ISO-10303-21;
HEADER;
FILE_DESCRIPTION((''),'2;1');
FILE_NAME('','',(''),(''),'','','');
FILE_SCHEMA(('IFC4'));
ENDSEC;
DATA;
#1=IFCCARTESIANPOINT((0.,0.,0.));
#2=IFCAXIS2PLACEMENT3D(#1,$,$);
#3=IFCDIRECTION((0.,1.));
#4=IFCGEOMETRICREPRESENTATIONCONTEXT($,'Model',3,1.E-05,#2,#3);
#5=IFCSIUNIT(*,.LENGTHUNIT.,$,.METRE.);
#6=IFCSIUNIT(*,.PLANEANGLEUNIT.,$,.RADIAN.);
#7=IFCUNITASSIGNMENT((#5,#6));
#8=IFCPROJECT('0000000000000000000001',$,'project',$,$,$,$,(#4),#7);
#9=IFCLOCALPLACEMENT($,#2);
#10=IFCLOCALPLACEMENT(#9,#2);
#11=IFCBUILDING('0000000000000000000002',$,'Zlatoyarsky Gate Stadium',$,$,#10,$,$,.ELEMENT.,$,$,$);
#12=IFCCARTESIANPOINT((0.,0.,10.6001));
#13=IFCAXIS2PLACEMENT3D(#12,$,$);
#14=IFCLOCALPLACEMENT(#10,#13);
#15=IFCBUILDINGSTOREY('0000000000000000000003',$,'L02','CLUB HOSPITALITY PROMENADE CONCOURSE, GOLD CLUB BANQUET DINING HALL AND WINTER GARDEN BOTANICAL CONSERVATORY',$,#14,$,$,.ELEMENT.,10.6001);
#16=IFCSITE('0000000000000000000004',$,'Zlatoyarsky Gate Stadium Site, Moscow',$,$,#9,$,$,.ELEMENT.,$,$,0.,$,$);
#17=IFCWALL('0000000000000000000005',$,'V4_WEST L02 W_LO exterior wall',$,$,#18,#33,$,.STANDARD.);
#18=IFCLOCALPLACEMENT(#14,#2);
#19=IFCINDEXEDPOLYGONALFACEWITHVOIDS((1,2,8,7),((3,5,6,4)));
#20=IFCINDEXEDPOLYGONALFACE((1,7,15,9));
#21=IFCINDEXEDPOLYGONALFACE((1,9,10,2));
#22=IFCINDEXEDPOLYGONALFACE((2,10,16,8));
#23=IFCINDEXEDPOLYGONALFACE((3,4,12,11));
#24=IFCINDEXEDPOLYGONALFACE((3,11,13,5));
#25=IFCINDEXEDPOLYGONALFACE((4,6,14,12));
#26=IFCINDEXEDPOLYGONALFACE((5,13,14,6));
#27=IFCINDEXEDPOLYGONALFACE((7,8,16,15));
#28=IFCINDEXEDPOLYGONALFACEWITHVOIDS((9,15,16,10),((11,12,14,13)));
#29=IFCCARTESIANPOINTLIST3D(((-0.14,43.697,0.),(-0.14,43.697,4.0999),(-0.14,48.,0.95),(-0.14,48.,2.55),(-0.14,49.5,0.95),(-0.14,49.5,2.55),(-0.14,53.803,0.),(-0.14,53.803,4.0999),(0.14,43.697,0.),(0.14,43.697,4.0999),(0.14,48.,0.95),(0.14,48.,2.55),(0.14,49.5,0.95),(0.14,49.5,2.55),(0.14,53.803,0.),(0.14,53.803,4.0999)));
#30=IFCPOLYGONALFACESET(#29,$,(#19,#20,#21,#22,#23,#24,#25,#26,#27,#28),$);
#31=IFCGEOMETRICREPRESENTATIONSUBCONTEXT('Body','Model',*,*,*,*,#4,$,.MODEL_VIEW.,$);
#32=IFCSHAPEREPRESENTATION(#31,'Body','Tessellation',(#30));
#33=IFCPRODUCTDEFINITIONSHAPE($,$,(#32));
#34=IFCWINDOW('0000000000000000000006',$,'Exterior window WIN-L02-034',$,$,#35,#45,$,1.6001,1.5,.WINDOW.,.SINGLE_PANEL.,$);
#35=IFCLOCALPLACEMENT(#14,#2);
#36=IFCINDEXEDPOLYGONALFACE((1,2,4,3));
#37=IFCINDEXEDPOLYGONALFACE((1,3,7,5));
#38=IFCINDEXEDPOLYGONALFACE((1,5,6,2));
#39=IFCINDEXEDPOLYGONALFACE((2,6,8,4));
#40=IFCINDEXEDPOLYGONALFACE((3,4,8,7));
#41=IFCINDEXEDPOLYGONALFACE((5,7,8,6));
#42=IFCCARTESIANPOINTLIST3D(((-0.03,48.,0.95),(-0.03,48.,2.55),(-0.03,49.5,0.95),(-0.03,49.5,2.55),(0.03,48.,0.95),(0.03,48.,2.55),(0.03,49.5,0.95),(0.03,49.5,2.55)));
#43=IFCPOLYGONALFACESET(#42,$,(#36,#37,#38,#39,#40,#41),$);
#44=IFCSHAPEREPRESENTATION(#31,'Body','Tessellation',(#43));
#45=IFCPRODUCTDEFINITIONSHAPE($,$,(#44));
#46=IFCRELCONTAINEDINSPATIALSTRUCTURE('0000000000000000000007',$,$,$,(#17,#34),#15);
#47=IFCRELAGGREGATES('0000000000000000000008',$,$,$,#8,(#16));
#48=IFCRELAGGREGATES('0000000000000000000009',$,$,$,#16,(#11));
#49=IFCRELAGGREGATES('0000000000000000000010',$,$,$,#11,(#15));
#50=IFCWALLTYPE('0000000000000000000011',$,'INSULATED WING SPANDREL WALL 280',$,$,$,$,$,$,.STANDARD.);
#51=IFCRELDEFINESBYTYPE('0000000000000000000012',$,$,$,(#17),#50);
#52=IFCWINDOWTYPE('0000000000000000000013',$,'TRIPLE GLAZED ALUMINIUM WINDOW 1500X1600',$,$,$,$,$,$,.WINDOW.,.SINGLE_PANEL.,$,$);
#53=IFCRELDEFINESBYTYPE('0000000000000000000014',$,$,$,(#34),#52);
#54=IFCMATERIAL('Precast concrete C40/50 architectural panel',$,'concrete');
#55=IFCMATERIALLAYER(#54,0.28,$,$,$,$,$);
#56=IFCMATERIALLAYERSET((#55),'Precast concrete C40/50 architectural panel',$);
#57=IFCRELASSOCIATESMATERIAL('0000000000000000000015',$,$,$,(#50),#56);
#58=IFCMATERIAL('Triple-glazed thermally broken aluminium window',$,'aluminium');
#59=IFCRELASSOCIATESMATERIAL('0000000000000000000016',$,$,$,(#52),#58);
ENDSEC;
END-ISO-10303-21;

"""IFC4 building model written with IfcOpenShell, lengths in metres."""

from ifc_helpers import new_model, si_unit, direction, frame, frame_2d, origin, place, context, subcontext, project, spatial, rectangle, extrude, material, layer, layer_set, type_object, element, fill, save


model = new_model("IFC4")

# Units and contexts
model_context = context("Model", 3, precision=1e-05, world=origin(), true_north=direction((0.0, 1.0)))
body_context = subcontext(model_context, "Body", "Model", "MODEL_VIEW")
ifc_project = project(units=[si_unit("LENGTHUNIT", "METRE"), si_unit("PLANEANGLEUNIT", "RADIAN")], contexts=[model_context])

# Site, building, storey
site_placement = place(None, origin())
site = spatial("IfcSite", under=ifc_project, at=site_placement, Name="Zlatoyarsky Gate Stadium Site, Moscow", CompositionType="ELEMENT", RefElevation=0.0)
building_placement = place(site_placement, origin())
building = spatial("IfcBuilding", under=site, at=building_placement, Name="Zlatoyarsky Gate Stadium", CompositionType="ELEMENT")
storey_placement = place(building_placement, frame((0.0, 0.0, 10.6001)))
storey = spatial("IfcBuildingStorey", under=building, at=storey_placement, Name="L02", Description="CLUB HOSPITALITY PROMENADE CONCOURSE, GOLD CLUB BANQUET DINING HALL AND WINTER GARDEN BOTANICAL CONSERVATORY", CompositionType="ELEMENT", Elevation=10.6001)

# Wall, opening, window
ifc_material_1 = material(Name="Precast concrete C40/50 architectural panel", Category="concrete")
ifc_layer_1 = layer(ifc_material_1, 0.28)
ifc_layer_set_1 = layer_set([ifc_layer_1], Name="Precast concrete C40/50 architectural panel")
wall_type = type_object("IfcWallType", Name="INSULATED WING SPANDREL WALL 280", PredefinedType="STANDARD", material=ifc_layer_set_1)
wall_placement = place(storey_placement, frame((0.0, 43.697, 0.0), z_axis=(0.0, 0.0, 1.0), x_axis=(0.0, 1.0, 0.0)))
wall = element("IfcWall", 1, at=wall_placement, inside=storey, type_object=wall_type, Name="V4_WEST L02 W_LO exterior wall", PredefinedType="STANDARD", context=body_context, shape_type="SweptSolid", body=[
    extrude(rectangle(XDim=10.106, YDim=0.28, at=frame_2d((5.053, 0.0))), origin(), (0.0, 0.0, 1.0), 4.0999),
])
opening_placement = place(wall_placement, frame((4.303, 0.0, 0.95)))
opening = element("IfcOpeningElement", 2, at=opening_placement, cuts=wall, PredefinedType="OPENING", context=body_context, shape_type="SweptSolid", body=[
    extrude(rectangle(XDim=1.5, YDim=1.6001, at=frame_2d((0.75, 0.8))), frame((0.0, 0.1499, 0.0), z_axis=(0.0, -1.0, 0.0), x_axis=(1.0, 0.0, 0.0)), (0.0, 0.0, 1.0), 0.3),
])
ifc_material_2 = material(Name="Triple-glazed thermally broken aluminium window", Category="aluminium")
window_type = type_object("IfcWindowType", Name="TRIPLE GLAZED ALUMINIUM WINDOW 1500X1600", PartitioningType="SINGLE_PANEL", PredefinedType="WINDOW", material=ifc_material_2)
window_placement = place(opening_placement, origin())
window = element("IfcWindow", 3, at=window_placement, inside=storey, type_object=window_type, Name="Exterior window WIN-L02-034", OverallHeight=1.6001, OverallWidth=1.5, PartitioningType="SINGLE_PANEL", PredefinedType="WINDOW", context=body_context, shape_type="SweptSolid", body=[
    extrude(rectangle(XDim=1.5, YDim=1.6001, at=frame_2d((0.75, 0.8))), frame((0.0, 0.03, 0.0), z_axis=(0.0, -1.0, 0.0), x_axis=(1.0, 0.0, 0.0)), (0.0, 0.0, 1.0), 0.0601),
])
fill(opening, window)

save(model, "model.ifc")
